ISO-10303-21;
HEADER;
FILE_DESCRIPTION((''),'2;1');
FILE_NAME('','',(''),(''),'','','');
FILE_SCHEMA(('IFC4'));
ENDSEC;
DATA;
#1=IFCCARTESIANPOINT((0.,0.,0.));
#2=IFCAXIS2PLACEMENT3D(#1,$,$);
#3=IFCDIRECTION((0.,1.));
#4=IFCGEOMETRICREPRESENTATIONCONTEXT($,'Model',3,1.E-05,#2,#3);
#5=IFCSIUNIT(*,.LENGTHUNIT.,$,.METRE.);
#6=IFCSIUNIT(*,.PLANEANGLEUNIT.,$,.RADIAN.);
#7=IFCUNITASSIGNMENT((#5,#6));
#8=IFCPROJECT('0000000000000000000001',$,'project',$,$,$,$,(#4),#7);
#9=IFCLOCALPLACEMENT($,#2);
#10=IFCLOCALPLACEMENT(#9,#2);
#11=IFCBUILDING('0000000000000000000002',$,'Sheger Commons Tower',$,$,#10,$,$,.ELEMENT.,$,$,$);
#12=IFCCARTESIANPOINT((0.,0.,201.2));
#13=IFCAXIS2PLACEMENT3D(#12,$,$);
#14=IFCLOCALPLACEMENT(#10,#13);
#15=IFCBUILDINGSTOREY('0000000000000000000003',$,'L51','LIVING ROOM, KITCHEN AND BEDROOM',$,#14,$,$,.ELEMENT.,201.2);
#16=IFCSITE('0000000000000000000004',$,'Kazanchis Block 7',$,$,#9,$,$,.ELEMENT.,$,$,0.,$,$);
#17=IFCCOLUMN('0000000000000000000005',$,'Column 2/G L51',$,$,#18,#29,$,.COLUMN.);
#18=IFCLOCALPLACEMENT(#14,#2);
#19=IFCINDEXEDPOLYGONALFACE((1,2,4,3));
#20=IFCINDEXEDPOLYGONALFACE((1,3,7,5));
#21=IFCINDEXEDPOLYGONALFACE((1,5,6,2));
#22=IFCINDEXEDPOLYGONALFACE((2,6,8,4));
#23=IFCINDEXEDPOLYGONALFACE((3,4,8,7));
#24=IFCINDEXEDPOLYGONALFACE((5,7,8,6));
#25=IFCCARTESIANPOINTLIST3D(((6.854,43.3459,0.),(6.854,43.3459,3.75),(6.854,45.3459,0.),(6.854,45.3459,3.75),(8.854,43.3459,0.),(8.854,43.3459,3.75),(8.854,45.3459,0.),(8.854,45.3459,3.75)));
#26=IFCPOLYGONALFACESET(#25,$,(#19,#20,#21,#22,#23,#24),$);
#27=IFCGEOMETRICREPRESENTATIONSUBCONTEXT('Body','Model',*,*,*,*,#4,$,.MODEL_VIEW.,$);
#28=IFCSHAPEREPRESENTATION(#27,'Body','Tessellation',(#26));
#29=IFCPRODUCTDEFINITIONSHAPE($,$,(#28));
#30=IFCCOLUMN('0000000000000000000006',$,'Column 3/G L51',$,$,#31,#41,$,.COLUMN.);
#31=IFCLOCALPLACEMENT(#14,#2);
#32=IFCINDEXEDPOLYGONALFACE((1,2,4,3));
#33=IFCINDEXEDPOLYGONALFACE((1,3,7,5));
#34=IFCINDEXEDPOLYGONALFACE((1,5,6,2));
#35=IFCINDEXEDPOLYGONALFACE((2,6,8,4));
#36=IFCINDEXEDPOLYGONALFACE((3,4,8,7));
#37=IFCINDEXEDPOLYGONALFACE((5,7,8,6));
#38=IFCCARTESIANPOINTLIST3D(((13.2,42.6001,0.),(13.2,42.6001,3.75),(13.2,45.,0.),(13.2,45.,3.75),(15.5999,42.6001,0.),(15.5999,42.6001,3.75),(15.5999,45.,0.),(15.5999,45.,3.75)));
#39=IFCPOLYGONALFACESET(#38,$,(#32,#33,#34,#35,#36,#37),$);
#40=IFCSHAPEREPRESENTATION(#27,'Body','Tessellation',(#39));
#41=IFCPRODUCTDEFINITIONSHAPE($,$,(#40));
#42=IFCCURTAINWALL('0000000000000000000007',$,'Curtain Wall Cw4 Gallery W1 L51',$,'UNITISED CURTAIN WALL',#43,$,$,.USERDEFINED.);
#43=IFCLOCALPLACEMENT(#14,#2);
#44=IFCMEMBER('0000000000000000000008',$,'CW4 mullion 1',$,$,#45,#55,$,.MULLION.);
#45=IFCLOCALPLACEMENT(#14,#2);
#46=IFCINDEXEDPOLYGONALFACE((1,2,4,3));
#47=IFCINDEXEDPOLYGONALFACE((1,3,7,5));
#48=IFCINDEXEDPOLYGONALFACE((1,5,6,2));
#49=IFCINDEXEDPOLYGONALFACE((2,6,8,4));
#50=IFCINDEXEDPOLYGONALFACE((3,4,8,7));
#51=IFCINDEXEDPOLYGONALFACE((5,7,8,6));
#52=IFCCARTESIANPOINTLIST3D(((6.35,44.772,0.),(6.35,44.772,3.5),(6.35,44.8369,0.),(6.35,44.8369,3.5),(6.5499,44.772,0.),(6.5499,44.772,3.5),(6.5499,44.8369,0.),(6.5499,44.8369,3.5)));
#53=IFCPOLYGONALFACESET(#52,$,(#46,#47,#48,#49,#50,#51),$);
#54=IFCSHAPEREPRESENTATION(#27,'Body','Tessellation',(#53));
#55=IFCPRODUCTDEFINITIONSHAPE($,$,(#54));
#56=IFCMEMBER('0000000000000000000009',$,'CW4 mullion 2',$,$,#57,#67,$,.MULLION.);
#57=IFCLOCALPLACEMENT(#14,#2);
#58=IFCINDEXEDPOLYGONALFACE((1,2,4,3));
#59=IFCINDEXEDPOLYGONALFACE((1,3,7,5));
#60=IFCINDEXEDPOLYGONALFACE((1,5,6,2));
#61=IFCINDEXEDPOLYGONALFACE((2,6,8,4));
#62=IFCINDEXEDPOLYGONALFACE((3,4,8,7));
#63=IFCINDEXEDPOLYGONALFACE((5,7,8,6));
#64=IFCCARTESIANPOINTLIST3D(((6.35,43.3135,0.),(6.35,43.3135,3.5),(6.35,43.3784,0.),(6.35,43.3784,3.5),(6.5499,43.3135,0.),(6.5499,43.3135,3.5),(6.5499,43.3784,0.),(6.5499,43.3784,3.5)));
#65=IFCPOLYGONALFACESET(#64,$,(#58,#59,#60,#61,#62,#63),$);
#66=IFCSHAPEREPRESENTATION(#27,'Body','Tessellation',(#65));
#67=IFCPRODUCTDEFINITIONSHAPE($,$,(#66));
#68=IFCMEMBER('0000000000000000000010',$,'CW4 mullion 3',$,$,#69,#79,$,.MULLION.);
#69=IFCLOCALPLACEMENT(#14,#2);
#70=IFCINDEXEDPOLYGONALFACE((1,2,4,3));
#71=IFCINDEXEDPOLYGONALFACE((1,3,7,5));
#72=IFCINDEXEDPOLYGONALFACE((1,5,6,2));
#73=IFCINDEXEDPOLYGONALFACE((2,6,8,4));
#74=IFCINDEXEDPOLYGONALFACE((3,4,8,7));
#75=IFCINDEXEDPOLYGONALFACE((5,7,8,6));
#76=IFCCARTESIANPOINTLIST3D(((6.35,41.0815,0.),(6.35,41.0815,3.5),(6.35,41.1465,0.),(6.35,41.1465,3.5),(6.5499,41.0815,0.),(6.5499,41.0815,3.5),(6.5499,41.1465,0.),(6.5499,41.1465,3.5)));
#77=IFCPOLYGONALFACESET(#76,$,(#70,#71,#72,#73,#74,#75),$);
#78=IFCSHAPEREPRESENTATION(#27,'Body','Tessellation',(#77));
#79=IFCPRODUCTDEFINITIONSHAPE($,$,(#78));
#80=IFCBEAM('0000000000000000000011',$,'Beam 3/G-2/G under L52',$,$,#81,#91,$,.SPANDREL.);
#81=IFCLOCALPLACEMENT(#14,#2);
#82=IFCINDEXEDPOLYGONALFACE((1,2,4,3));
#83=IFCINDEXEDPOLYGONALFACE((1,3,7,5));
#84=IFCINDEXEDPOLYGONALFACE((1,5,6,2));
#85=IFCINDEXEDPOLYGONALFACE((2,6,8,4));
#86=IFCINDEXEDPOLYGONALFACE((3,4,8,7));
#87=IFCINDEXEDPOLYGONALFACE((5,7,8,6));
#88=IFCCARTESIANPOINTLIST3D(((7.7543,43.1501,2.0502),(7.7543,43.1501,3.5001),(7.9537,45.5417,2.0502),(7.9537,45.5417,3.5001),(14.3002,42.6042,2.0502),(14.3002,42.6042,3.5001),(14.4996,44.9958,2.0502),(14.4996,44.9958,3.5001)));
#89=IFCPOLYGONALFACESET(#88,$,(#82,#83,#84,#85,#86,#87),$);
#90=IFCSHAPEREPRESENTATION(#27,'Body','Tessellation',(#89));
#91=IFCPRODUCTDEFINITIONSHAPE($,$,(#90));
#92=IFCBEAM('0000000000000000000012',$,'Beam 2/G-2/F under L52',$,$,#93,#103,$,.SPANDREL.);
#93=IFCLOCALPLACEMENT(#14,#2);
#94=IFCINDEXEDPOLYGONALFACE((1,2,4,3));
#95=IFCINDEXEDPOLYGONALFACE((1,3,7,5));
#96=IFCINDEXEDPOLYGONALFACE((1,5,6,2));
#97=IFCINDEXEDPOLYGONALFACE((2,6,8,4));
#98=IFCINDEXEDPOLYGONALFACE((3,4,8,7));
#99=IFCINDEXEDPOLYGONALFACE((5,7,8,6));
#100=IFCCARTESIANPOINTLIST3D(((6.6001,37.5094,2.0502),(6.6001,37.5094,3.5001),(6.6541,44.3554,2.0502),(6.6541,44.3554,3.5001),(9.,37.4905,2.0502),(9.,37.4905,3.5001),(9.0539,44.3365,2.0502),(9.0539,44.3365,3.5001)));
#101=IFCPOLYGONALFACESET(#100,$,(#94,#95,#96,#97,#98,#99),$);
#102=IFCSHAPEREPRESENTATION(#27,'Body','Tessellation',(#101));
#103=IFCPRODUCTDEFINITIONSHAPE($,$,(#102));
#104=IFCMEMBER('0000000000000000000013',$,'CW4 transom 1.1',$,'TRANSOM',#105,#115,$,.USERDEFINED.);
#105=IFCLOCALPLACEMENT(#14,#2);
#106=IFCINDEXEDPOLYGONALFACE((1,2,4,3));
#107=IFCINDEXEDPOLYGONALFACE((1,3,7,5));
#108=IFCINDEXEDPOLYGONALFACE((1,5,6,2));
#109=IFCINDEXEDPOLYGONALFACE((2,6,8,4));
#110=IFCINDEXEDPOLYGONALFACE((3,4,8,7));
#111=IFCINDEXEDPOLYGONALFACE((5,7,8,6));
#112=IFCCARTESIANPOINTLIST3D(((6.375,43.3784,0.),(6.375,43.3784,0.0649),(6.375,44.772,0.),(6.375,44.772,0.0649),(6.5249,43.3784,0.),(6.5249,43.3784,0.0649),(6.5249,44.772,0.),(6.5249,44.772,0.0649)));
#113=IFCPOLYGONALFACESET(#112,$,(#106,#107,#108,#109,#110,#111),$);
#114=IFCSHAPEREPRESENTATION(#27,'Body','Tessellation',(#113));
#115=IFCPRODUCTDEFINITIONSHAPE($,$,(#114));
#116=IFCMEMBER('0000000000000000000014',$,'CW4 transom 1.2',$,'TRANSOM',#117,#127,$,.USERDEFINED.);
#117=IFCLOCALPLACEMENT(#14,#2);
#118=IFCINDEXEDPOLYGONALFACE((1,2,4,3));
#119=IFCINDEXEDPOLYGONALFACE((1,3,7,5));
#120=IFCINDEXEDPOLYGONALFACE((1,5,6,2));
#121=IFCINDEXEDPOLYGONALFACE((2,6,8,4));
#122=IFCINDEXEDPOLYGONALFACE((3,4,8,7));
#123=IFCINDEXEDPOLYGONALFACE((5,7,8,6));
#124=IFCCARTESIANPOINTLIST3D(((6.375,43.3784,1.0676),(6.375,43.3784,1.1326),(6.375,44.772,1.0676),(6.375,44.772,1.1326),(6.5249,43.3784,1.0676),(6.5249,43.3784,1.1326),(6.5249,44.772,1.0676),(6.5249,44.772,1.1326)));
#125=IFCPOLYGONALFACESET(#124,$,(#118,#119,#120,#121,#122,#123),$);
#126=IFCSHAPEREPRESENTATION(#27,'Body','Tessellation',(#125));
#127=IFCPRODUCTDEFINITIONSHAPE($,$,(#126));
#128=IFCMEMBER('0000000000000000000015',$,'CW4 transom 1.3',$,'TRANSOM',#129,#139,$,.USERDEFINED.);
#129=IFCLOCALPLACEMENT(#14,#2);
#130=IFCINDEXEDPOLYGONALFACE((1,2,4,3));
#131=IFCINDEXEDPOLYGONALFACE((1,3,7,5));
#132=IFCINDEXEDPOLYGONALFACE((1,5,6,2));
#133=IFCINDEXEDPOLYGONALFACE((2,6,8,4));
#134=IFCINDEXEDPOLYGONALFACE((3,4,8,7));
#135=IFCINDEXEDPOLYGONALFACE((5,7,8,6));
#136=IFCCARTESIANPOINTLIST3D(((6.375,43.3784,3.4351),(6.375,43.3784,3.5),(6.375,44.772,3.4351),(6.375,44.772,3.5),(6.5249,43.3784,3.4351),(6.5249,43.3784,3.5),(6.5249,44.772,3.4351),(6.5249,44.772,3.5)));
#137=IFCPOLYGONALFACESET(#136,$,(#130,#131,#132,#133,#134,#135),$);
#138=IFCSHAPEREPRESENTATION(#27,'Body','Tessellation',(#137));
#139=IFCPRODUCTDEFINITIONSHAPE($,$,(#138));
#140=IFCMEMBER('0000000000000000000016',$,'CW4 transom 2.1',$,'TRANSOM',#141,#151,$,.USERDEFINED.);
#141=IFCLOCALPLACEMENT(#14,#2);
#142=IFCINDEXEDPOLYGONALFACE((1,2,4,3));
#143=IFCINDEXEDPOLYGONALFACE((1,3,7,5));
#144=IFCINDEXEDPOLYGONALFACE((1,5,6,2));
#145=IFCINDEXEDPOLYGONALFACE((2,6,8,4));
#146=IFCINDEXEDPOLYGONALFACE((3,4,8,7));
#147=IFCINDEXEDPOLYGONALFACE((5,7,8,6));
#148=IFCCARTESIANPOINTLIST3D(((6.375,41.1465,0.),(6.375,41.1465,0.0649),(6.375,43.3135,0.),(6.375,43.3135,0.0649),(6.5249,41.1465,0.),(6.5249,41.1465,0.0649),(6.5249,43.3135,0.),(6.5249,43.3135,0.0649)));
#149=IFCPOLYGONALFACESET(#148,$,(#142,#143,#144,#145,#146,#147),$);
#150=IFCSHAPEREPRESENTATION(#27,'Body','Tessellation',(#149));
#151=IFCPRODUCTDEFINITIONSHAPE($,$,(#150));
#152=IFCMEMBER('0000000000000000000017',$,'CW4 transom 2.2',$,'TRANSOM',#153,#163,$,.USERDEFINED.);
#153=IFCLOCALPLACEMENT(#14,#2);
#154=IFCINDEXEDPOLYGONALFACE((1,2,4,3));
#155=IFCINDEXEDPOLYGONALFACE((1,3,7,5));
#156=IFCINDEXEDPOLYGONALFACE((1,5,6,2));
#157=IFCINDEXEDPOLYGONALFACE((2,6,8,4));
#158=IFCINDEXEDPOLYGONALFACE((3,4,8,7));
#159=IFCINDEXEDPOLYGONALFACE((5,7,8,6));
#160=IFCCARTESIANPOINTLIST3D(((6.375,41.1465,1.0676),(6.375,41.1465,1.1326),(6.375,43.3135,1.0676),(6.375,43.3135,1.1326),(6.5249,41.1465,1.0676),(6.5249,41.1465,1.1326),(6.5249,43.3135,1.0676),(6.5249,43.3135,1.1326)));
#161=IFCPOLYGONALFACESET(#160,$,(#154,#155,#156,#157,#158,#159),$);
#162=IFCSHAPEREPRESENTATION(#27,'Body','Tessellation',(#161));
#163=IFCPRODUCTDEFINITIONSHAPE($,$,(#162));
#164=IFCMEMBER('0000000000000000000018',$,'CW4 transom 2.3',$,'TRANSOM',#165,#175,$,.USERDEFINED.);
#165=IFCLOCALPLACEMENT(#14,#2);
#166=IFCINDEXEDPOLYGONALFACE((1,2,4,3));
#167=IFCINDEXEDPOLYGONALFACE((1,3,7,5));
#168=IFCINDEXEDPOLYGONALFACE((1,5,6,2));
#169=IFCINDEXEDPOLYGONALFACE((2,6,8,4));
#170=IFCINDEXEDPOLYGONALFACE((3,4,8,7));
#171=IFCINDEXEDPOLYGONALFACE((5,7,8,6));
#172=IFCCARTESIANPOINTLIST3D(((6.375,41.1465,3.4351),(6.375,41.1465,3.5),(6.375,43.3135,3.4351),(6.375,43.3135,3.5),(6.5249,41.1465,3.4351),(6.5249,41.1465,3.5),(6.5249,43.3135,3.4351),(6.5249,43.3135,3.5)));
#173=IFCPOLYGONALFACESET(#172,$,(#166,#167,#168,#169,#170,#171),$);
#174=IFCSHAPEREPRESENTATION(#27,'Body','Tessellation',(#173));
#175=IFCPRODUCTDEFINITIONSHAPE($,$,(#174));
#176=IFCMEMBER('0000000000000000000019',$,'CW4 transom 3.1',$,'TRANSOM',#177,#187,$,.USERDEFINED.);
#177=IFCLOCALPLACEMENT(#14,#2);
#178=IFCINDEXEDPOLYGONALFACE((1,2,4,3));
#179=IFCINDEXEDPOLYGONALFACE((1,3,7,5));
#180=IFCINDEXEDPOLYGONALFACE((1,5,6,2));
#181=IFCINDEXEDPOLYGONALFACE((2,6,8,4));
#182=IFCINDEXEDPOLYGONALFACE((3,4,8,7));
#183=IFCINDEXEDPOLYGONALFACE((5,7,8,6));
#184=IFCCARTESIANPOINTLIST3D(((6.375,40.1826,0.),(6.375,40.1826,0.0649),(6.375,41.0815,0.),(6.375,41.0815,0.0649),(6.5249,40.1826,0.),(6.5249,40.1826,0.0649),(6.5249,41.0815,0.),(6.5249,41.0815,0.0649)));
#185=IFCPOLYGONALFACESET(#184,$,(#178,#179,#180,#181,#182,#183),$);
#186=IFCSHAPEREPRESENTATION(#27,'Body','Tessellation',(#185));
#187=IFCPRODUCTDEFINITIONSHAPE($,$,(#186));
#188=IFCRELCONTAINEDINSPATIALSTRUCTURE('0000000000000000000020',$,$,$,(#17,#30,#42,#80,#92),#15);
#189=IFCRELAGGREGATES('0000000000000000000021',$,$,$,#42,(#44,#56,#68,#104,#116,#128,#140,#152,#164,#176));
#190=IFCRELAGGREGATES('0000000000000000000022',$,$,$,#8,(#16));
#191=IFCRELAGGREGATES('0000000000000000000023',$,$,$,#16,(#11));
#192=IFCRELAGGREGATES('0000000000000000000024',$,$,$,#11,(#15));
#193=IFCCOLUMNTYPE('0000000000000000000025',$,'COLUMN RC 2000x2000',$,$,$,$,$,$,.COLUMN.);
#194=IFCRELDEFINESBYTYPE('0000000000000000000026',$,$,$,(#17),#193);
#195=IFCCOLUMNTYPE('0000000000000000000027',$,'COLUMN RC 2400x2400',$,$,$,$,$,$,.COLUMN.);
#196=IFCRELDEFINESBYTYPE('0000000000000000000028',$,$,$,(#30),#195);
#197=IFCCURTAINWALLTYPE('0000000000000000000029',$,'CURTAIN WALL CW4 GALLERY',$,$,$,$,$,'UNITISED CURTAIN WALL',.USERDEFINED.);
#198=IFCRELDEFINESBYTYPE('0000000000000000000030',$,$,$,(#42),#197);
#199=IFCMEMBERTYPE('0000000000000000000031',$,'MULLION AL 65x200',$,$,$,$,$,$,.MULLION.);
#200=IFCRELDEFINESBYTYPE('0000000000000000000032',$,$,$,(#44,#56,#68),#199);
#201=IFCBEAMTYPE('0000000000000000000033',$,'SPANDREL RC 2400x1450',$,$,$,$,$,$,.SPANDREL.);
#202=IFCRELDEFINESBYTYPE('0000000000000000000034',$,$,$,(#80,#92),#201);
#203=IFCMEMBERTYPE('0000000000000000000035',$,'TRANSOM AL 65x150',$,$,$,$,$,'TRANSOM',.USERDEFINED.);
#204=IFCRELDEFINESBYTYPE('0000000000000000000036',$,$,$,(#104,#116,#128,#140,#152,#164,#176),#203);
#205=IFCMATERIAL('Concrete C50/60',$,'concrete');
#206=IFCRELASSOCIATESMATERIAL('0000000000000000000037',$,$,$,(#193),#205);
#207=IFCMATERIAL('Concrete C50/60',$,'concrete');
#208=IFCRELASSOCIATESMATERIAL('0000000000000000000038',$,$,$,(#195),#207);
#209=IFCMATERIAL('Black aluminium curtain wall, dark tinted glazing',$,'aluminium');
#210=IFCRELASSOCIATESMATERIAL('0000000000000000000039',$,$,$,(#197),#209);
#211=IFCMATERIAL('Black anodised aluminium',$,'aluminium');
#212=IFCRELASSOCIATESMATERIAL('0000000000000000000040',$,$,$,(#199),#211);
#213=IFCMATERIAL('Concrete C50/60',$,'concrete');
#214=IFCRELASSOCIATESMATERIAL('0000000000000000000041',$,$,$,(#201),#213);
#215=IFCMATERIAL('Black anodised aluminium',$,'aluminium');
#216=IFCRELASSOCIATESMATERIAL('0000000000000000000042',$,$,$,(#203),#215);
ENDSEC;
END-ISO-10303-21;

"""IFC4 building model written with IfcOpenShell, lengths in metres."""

from ifc_helpers import new_model, si_unit, direction, frame, origin, origin_2d, place, context, subcontext, project, spatial, rectangle, extrude, material, material_profile, profile_set, type_object, element, aggregate, save


model = new_model("IFC4")

# Units and contexts
model_context = context("Model", 3, precision=1e-05, world=origin(), true_north=direction((0.0, 1.0)))
body_context = subcontext(model_context, "Body", "Model", "MODEL_VIEW")
ifc_project = project(units=[si_unit("LENGTHUNIT", "METRE"), si_unit("PLANEANGLEUNIT", "RADIAN")], contexts=[model_context])

# Site, building, storey
site_placement = place(None, origin())
site = spatial("IfcSite", under=ifc_project, at=site_placement, Name="Kazanchis Block 7", CompositionType="ELEMENT", RefElevation=0.0)
building_placement = place(site_placement, origin())
building = spatial("IfcBuilding", under=site, at=building_placement, Name="Sheger Commons Tower", CompositionType="ELEMENT")
storey_placement = place(building_placement, frame((0.0, 0.0, 201.2)))
storey = spatial("IfcBuildingStorey", under=building, at=storey_placement, Name="L51", Description="LIVING ROOM, KITCHEN AND BEDROOM", CompositionType="ELEMENT", Elevation=201.2)

# Columns
ifc_material_1 = material(Name="Concrete C50/60", Category="concrete")
ifc_material_profile_1 = material_profile(ifc_material_1, rectangle(XDim=2.0, YDim=2.0, at=origin_2d()), Name="RC 2000x2000")
ifc_profile_set_1 = profile_set([ifc_material_profile_1], Name="Concrete C50/60")
column_type_1 = type_object("IfcColumnType", Name="COLUMN RC 2000x2000", PredefinedType="COLUMN", material=ifc_profile_set_1)
column_1_placement = place(storey_placement, frame((7.854, 44.3459, 0.0), z_axis=(0.0, 0.0, 1.0), x_axis=(1.0, 0.0, 0.0)))
element("IfcColumn", 1, at=column_1_placement, inside=storey, type_object=column_type_1, Name="Column 2/G L51", PredefinedType="COLUMN", context=body_context, shape_type="SweptSolid", body=[
    extrude(rectangle(XDim=2.0, YDim=2.0, at=origin_2d()), origin(), (0.0, 0.0, 1.0), 3.75),
])
ifc_material_2 = material(Name="Concrete C50/60", Category="concrete")
ifc_material_profile_2 = material_profile(ifc_material_2, rectangle(XDim=2.3999, YDim=2.3999, at=origin_2d()), Name="RC 2400x2400")
ifc_profile_set_2 = profile_set([ifc_material_profile_2], Name="Concrete C50/60")
column_type_2 = type_object("IfcColumnType", Name="COLUMN RC 2400x2400", PredefinedType="COLUMN", material=ifc_profile_set_2)
column_2_placement = place(storey_placement, frame((14.3999, 43.8, 0.0), z_axis=(0.0, 0.0, 1.0), x_axis=(1.0, 0.0, 0.0)))
element("IfcColumn", 2, at=column_2_placement, inside=storey, type_object=column_type_2, Name="Column 3/G L51", PredefinedType="COLUMN", context=body_context, shape_type="SweptSolid", body=[
    extrude(rectangle(XDim=2.3999, YDim=2.3999, at=origin_2d()), origin(), (0.0, 0.0, 1.0), 3.75),
])

# Curtain wall, members
ifc_material_3 = material(Name="Black aluminium curtain wall, dark tinted glazing", Category="aluminium")
curtain_wall_type = type_object("IfcCurtainWallType", Name="CURTAIN WALL CW4 GALLERY", ElementType="UNITISED CURTAIN WALL", PredefinedType="USERDEFINED", material=ifc_material_3)
curtain_wall_placement = place(storey_placement, origin())
curtain_wall = element("IfcCurtainWall", 3, at=curtain_wall_placement, inside=storey, type_object=curtain_wall_type, Name="Curtain Wall Cw4 Gallery W1 L51", ObjectType="UNITISED CURTAIN WALL", PredefinedType="USERDEFINED")
ifc_material_4 = material(Name="Black anodised aluminium", Category="aluminium")
ifc_material_profile_3 = material_profile(ifc_material_4, rectangle(XDim=0.2, YDim=0.0649, at=origin_2d()), Name="AL 65x200")
ifc_profile_set_3 = profile_set([ifc_material_profile_3], Name="Black anodised aluminium")
member_type_1 = type_object("IfcMemberType", Name="MULLION AL 65x200", PredefinedType="MULLION", material=ifc_profile_set_3)
member_1_placement = place(storey_placement, frame((6.45, 44.8044, 0.0), z_axis=(0.0, 0.0, 1.0), x_axis=(1.0, 0.0, 0.0)))
member_1 = element("IfcMember", 4, at=member_1_placement, type_object=member_type_1, Name="CW4 mullion 1", PredefinedType="MULLION", context=body_context, shape_type="SweptSolid", body=[
    extrude(rectangle(XDim=0.2, YDim=0.0649, at=origin_2d()), origin(), (0.0, 0.0, 1.0), 3.5),
])
member_2_placement = place(storey_placement, frame((6.45, 43.3459, 0.0), z_axis=(0.0, 0.0, 1.0), x_axis=(1.0, 0.0, 0.0)))
member_2 = element("IfcMember", 5, at=member_2_placement, type_object=member_type_1, Name="CW4 mullion 2", PredefinedType="MULLION", context=body_context, shape_type="SweptSolid", body=[
    extrude(rectangle(XDim=0.2, YDim=0.0649, at=origin_2d()), origin(), (0.0, 0.0, 1.0), 3.5),
])
member_3_placement = place(storey_placement, frame((6.45, 41.114, 0.0), z_axis=(0.0, 0.0, 1.0), x_axis=(1.0, 0.0, 0.0)))
member_3 = element("IfcMember", 6, at=member_3_placement, type_object=member_type_1, Name="CW4 mullion 3", PredefinedType="MULLION", context=body_context, shape_type="SweptSolid", body=[
    extrude(rectangle(XDim=0.2, YDim=0.0649, at=origin_2d()), origin(), (0.0, 0.0, 1.0), 3.5),
])

# Beams
ifc_material_5 = material(Name="Concrete C50/60", Category="concrete")
ifc_material_profile_4 = material_profile(ifc_material_5, rectangle(XDim=2.3999, YDim=1.45, at=origin_2d()), Name="RC 2400x1450")
ifc_profile_set_4 = profile_set([ifc_material_profile_4], Name="Concrete C50/60")
beam_type = type_object("IfcBeamType", Name="SPANDREL RC 2400x1450", PredefinedType="SPANDREL", material=ifc_profile_set_4)
beam_1_placement = place(storey_placement, frame((14.3999, 43.8, 2.7751), z_axis=(-0.996541, 0.083107, 0.0), x_axis=(-0.083107, -0.996541, 0.0)))
element("IfcBeam", 7, at=beam_1_placement, inside=storey, type_object=beam_type, Name="Beam 3/G-2/G under L52", PredefinedType="SPANDREL", context=body_context, shape_type="SweptSolid", body=[
    extrude(rectangle(XDim=2.3999, YDim=1.45, at=origin_2d()), origin(), (0.0, 0.0, 1.0), 6.5686),
])
beam_2_placement = place(storey_placement, frame((7.854, 44.3459, 2.7751), z_axis=(-0.007881, -0.999969, 0.0), x_axis=(0.999969, -0.007881, 0.0)))
element("IfcBeam", 8, at=beam_2_placement, inside=storey, type_object=beam_type, Name="Beam 2/G-2/F under L52", PredefinedType="SPANDREL", context=body_context, shape_type="SweptSolid", body=[
    extrude(rectangle(XDim=2.3999, YDim=1.45, at=origin_2d()), origin(), (0.0, 0.0, 1.0), 6.8462),
])

# Members
ifc_material_6 = material(Name="Black anodised aluminium", Category="aluminium")
ifc_material_profile_5 = material_profile(ifc_material_6, rectangle(XDim=0.1499, YDim=0.0649, at=origin_2d()), Name="AL 65x150")
ifc_profile_set_5 = profile_set([ifc_material_profile_5], Name="Black anodised aluminium")
member_type_2 = type_object("IfcMemberType", Name="TRANSOM AL 65x150", ElementType="TRANSOM", PredefinedType="USERDEFINED", material=ifc_profile_set_5)
member_4_placement = place(storey_placement, frame((6.45, 44.772, 0.0325), z_axis=(0.0, -1.0, 0.0), x_axis=(1.0, 0.0, 0.0)))
member_4 = element("IfcMember", 9, at=member_4_placement, type_object=member_type_2, Name="CW4 transom 1.1", ObjectType="TRANSOM", PredefinedType="USERDEFINED", context=body_context, shape_type="SweptSolid", body=[
    extrude(rectangle(XDim=0.1499, YDim=0.0649, at=origin_2d()), origin(), (0.0, 0.0, 1.0), 1.3936),
])
member_5_placement = place(storey_placement, frame((6.45, 44.772, 1.1001), z_axis=(0.0, -1.0, 0.0), x_axis=(1.0, 0.0, 0.0)))
member_5 = element("IfcMember", 10, at=member_5_placement, type_object=member_type_2, Name="CW4 transom 1.2", ObjectType="TRANSOM", PredefinedType="USERDEFINED", context=body_context, shape_type="SweptSolid", body=[
    extrude(rectangle(XDim=0.1499, YDim=0.0649, at=origin_2d()), origin(), (0.0, 0.0, 1.0), 1.3936),
])
member_6_placement = place(storey_placement, frame((6.45, 44.772, 3.4675), z_axis=(0.0, -1.0, 0.0), x_axis=(1.0, 0.0, 0.0)))
member_6 = element("IfcMember", 11, at=member_6_placement, type_object=member_type_2, Name="CW4 transom 1.3", ObjectType="TRANSOM", PredefinedType="USERDEFINED", context=body_context, shape_type="SweptSolid", body=[
    extrude(rectangle(XDim=0.1499, YDim=0.0649, at=origin_2d()), origin(), (0.0, 0.0, 1.0), 1.3936),
])
member_7_placement = place(storey_placement, frame((6.45, 43.3135, 0.0325), z_axis=(0.0, -1.0, 0.0), x_axis=(1.0, 0.0, 0.0)))
member_7 = element("IfcMember", 12, at=member_7_placement, type_object=member_type_2, Name="CW4 transom 2.1", ObjectType="TRANSOM", PredefinedType="USERDEFINED", context=body_context, shape_type="SweptSolid", body=[
    extrude(rectangle(XDim=0.1499, YDim=0.0649, at=origin_2d()), origin(), (0.0, 0.0, 1.0), 2.167),
])
member_8_placement = place(storey_placement, frame((6.45, 43.3135, 1.1001), z_axis=(0.0, -1.0, 0.0), x_axis=(1.0, 0.0, 0.0)))
member_8 = element("IfcMember", 13, at=member_8_placement, type_object=member_type_2, Name="CW4 transom 2.2", ObjectType="TRANSOM", PredefinedType="USERDEFINED", context=body_context, shape_type="SweptSolid", body=[
    extrude(rectangle(XDim=0.1499, YDim=0.0649, at=origin_2d()), origin(), (0.0, 0.0, 1.0), 2.167),
])
member_9_placement = place(storey_placement, frame((6.45, 43.3135, 3.4675), z_axis=(0.0, -1.0, 0.0), x_axis=(1.0, 0.0, 0.0)))
member_9 = element("IfcMember", 14, at=member_9_placement, type_object=member_type_2, Name="CW4 transom 2.3", ObjectType="TRANSOM", PredefinedType="USERDEFINED", context=body_context, shape_type="SweptSolid", body=[
    extrude(rectangle(XDim=0.1499, YDim=0.0649, at=origin_2d()), origin(), (0.0, 0.0, 1.0), 2.167),
])
member_10_placement = place(storey_placement, frame((6.45, 41.0815, 0.0325), z_axis=(0.0, -1.0, 0.0), x_axis=(1.0, 0.0, 0.0)))
member_10 = element("IfcMember", 15, at=member_10_placement, type_object=member_type_2, Name="CW4 transom 3.1", ObjectType="TRANSOM", PredefinedType="USERDEFINED", context=body_context, shape_type="SweptSolid", body=[
    extrude(rectangle(XDim=0.1499, YDim=0.0649, at=origin_2d()), origin(), (0.0, 0.0, 1.0), 0.8989),
])

aggregate(curtain_wall, [member_1, member_2, member_3, member_4, member_5, member_6, member_7, member_8, member_9, member_10])

save(model, "model.ifc")
